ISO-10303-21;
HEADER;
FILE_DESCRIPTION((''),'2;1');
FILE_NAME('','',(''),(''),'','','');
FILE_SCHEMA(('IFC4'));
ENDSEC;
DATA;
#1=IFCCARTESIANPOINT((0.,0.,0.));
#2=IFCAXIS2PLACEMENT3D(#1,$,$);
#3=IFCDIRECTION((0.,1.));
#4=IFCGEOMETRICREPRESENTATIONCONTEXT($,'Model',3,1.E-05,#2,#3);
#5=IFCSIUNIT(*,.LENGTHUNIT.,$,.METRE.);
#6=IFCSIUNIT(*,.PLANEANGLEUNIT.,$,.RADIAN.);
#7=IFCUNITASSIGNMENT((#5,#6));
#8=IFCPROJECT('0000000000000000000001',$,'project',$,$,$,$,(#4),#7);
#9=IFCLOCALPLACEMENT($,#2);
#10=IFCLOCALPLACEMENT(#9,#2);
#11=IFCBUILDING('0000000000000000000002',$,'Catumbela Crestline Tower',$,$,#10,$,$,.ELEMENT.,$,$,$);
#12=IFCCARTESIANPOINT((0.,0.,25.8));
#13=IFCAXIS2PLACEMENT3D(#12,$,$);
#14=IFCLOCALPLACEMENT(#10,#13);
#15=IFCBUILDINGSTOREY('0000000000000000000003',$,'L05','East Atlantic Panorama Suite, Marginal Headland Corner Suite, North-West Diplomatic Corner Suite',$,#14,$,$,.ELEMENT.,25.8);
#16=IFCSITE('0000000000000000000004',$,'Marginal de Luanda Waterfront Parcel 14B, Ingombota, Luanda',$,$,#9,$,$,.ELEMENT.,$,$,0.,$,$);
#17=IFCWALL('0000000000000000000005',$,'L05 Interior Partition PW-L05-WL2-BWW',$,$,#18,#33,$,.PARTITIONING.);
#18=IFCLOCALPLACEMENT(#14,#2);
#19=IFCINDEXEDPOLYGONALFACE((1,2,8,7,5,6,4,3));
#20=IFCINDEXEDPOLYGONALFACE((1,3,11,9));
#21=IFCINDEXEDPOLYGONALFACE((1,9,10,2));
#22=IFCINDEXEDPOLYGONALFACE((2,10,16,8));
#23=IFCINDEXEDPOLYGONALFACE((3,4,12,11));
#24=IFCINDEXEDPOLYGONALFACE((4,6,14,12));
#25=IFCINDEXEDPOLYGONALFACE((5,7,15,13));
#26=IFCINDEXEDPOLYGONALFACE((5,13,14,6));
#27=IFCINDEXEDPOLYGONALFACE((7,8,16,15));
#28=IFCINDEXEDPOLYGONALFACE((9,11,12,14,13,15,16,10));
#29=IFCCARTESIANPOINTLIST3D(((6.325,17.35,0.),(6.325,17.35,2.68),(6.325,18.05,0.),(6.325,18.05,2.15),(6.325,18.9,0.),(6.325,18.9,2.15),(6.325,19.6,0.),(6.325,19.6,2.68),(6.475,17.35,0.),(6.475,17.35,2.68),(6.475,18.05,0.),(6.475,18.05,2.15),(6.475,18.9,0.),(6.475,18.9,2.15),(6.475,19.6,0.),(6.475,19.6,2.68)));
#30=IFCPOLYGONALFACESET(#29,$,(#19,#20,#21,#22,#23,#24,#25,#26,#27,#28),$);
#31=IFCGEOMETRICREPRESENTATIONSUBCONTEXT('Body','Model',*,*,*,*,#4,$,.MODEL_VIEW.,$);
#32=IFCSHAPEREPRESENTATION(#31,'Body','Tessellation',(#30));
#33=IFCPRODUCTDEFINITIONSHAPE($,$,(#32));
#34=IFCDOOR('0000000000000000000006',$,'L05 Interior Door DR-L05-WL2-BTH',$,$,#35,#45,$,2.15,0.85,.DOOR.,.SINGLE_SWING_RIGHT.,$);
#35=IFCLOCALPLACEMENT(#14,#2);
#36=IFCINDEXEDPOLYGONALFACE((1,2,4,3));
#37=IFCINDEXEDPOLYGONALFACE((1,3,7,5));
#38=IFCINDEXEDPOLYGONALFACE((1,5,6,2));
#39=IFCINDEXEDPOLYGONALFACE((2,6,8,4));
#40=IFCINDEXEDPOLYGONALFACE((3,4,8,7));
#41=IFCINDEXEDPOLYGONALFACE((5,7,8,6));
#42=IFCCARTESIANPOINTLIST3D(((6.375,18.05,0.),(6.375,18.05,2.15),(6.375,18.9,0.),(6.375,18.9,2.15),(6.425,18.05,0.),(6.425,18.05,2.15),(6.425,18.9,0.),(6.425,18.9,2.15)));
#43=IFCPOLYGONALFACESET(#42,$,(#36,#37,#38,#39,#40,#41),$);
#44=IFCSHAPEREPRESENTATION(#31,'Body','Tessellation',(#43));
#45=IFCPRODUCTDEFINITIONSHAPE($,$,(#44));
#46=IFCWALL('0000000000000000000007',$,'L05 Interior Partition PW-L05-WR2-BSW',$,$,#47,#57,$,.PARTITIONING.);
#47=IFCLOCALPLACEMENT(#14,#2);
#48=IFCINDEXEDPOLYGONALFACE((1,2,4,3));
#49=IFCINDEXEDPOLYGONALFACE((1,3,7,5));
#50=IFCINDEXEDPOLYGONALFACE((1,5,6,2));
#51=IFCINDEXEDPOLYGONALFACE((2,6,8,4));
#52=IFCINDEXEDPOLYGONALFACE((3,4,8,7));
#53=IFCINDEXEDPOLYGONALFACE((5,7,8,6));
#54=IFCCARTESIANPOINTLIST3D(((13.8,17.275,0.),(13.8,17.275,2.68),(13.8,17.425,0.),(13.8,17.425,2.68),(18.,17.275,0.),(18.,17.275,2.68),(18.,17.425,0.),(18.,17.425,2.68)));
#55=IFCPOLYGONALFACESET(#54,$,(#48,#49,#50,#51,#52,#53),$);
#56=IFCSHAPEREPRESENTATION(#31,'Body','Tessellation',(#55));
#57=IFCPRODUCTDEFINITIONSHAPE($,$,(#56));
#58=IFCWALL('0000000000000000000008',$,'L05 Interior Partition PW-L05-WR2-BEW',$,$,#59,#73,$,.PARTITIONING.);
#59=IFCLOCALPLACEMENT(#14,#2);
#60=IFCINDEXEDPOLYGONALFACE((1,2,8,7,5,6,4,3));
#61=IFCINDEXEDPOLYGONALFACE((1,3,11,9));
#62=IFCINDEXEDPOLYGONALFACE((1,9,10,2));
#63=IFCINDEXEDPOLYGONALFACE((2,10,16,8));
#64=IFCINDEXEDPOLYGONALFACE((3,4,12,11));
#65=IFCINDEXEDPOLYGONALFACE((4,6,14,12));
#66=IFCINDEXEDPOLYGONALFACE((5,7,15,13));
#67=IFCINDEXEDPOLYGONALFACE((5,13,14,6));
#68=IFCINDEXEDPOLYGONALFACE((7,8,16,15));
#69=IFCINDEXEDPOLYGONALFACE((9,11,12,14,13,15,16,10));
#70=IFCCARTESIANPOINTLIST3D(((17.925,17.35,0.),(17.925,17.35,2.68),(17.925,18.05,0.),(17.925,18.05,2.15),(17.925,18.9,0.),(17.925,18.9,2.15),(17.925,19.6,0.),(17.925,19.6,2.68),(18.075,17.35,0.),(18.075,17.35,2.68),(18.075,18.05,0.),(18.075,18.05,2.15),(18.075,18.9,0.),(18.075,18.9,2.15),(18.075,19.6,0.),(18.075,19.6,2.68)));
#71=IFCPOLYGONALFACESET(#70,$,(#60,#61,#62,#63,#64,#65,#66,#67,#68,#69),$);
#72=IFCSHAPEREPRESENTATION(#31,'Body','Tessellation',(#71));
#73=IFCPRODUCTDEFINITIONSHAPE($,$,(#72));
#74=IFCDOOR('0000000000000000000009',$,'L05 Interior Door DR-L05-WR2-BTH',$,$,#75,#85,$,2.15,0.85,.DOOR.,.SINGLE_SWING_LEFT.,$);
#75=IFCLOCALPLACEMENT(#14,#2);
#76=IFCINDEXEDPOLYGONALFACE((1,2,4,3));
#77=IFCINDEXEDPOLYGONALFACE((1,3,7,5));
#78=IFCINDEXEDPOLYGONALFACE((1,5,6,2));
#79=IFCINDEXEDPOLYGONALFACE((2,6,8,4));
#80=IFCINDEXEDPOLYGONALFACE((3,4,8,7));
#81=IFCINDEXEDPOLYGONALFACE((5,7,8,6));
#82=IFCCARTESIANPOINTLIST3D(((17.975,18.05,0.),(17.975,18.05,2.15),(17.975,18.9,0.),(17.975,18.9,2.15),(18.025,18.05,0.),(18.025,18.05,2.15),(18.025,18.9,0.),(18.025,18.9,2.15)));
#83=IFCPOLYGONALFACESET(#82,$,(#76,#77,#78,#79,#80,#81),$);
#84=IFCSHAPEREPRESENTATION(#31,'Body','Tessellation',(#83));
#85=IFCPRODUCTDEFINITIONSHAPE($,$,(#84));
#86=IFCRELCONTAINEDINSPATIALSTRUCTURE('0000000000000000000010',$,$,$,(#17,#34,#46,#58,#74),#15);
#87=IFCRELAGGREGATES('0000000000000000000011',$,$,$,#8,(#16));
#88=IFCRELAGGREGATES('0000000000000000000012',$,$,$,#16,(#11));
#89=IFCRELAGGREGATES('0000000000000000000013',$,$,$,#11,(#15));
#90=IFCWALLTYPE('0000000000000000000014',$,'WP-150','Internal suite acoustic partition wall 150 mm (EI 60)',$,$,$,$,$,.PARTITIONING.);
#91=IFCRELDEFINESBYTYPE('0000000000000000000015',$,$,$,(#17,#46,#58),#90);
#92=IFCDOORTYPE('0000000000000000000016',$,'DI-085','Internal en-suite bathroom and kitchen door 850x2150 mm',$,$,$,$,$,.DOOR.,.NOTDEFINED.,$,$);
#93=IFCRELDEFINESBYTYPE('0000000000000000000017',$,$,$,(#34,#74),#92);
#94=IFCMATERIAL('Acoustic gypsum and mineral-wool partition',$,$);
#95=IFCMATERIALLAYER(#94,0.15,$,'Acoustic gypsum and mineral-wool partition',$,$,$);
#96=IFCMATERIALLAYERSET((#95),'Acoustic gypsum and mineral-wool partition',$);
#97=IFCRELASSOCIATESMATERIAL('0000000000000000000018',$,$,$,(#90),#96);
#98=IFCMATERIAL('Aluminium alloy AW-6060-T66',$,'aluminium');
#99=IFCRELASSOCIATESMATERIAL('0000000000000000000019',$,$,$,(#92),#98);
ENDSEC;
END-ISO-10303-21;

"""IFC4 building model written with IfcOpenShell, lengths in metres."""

from ifc_helpers import new_model, si_unit, direction, frame, frame_2d, origin, place, context, subcontext, project, spatial, rectangle, extrude, material, layer, layer_set, type_object, element, fill, save


model = new_model("IFC4")

# Units and contexts
model_context = context("Model", 3, precision=1e-05, world=origin(), true_north=direction((0.0, 1.0)))
body_context = subcontext(model_context, "Body", "Model", "MODEL_VIEW")
ifc_project = project(units=[si_unit("LENGTHUNIT", "METRE"), si_unit("PLANEANGLEUNIT", "RADIAN")], contexts=[model_context])

# Site, building, storey
site_placement = place(None, origin())
site = spatial("IfcSite", under=ifc_project, at=site_placement, Name="Marginal de Luanda Waterfront Parcel 14B, Ingombota, Luanda", CompositionType="ELEMENT", RefElevation=0.0)
building_placement = place(site_placement, origin())
building = spatial("IfcBuilding", under=site, at=building_placement, Name="Catumbela Crestline Tower", CompositionType="ELEMENT")
storey_placement = place(building_placement, frame((0.0, 0.0, 25.8)))
storey = spatial("IfcBuildingStorey", under=building, at=storey_placement, Name="L05", Description="East Atlantic Panorama Suite, Marginal Headland Corner Suite, North-West Diplomatic Corner Suite", CompositionType="ELEMENT", Elevation=25.8)

# Shared definitions
ifc_material_1 = material(Name="Acoustic gypsum and mineral-wool partition")
ifc_layer = layer(ifc_material_1, 0.15, Name="Acoustic gypsum and mineral-wool partition")
ifc_layer_set = layer_set([ifc_layer], Name="Acoustic gypsum and mineral-wool partition")
wall_type = type_object("IfcWallType", Name="WP-150", Description="Internal suite acoustic partition wall 150 mm (EI 60)", PredefinedType="PARTITIONING", material=ifc_layer_set)

# Shared definitions
ifc_material_2 = material(Name="Aluminium alloy AW-6060-T66", Category="aluminium")
door_type = type_object("IfcDoorType", Name="DI-085", Description="Internal en-suite bathroom and kitchen door 850x2150 mm", OperationType="NOTDEFINED", PredefinedType="DOOR", material=ifc_material_2)

# Wall, opening, door
wall_1_placement = place(storey_placement, frame((6.4, 17.35, 0.0), z_axis=(0.0, 0.0, 1.0), x_axis=(0.0, 1.0, 0.0)))
wall_1 = element("IfcWall", 1, at=wall_1_placement, inside=storey, type_object=wall_type, Name="L05 Interior Partition PW-L05-WL2-BWW", PredefinedType="PARTITIONING", context=body_context, shape_type="SweptSolid", body=[
    extrude(rectangle(XDim=2.25, YDim=0.15, at=frame_2d((1.125, 0.0))), origin(), (0.0, 0.0, 1.0), 2.68),
])
opening_1_placement = place(wall_1_placement, frame((0.7, 0.0, 0.0)))
opening_1 = element("IfcOpeningElement", 2, at=opening_1_placement, cuts=wall_1, PredefinedType="OPENING", context=body_context, shape_type="SweptSolid", body=[
    extrude(rectangle(XDim=0.85, YDim=2.15, at=frame_2d((0.425, 1.075))), frame((0.0, 0.085, 0.0), z_axis=(0.0, -1.0, 0.0), x_axis=(1.0, 0.0, 0.0)), (0.0, 0.0, 1.0), 0.17),
])
door_1_placement = place(opening_1_placement, origin())
door_1 = element("IfcDoor", 3, at=door_1_placement, inside=storey, type_object=door_type, Name="L05 Interior Door DR-L05-WL2-BTH", OperationType="SINGLE_SWING_RIGHT", OverallHeight=2.15, OverallWidth=0.85, PredefinedType="DOOR", context=body_context, shape_type="SweptSolid", body=[
    extrude(rectangle(XDim=0.85, YDim=2.15, at=frame_2d((0.425, 1.075))), frame((0.0, 0.025, 0.0), z_axis=(0.0, -1.0, 0.0), x_axis=(1.0, 0.0, 0.0)), (0.0, 0.0, 1.0), 0.05),
])
fill(opening_1, door_1)

# Wall
wall_2_placement = place(storey_placement, frame((13.8, 17.35, 0.0), z_axis=(0.0, 0.0, 1.0), x_axis=(1.0, 0.0, 0.0)))
element("IfcWall", 4, at=wall_2_placement, inside=storey, type_object=wall_type, Name="L05 Interior Partition PW-L05-WR2-BSW", PredefinedType="PARTITIONING", context=body_context, shape_type="SweptSolid", body=[
    extrude(rectangle(XDim=4.2, YDim=0.15, at=frame_2d((2.1, 0.0))), origin(), (0.0, 0.0, 1.0), 2.68),
])

# Wall, opening, door
wall_3_placement = place(storey_placement, frame((18.0, 17.35, 0.0), z_axis=(0.0, 0.0, 1.0), x_axis=(0.0, 1.0, 0.0)))
wall_3 = element("IfcWall", 5, at=wall_3_placement, inside=storey, type_object=wall_type, Name="L05 Interior Partition PW-L05-WR2-BEW", PredefinedType="PARTITIONING", context=body_context, shape_type="SweptSolid", body=[
    extrude(rectangle(XDim=2.25, YDim=0.15, at=frame_2d((1.125, 0.0))), origin(), (0.0, 0.0, 1.0), 2.68),
])
opening_2_placement = place(wall_3_placement, frame((0.7, 0.0, 0.0)))
opening_2 = element("IfcOpeningElement", 6, at=opening_2_placement, cuts=wall_3, PredefinedType="OPENING", context=body_context, shape_type="SweptSolid", body=[
    extrude(rectangle(XDim=0.85, YDim=2.15, at=frame_2d((0.425, 1.075))), frame((0.0, 0.085, 0.0), z_axis=(0.0, -1.0, 0.0), x_axis=(1.0, 0.0, 0.0)), (0.0, 0.0, 1.0), 0.17),
])
door_2_placement = place(opening_2_placement, origin())
door_2 = element("IfcDoor", 7, at=door_2_placement, inside=storey, type_object=door_type, Name="L05 Interior Door DR-L05-WR2-BTH", OperationType="SINGLE_SWING_LEFT", OverallHeight=2.15, OverallWidth=0.85, PredefinedType="DOOR", context=body_context, shape_type="SweptSolid", body=[
    extrude(rectangle(XDim=0.85, YDim=2.15, at=frame_2d((0.425, 1.075))), frame((0.0, 0.025, 0.0), z_axis=(0.0, -1.0, 0.0), x_axis=(1.0, 0.0, 0.0)), (0.0, 0.0, 1.0), 0.05),
])
fill(opening_2, door_2)

save(model, "model.ifc")
